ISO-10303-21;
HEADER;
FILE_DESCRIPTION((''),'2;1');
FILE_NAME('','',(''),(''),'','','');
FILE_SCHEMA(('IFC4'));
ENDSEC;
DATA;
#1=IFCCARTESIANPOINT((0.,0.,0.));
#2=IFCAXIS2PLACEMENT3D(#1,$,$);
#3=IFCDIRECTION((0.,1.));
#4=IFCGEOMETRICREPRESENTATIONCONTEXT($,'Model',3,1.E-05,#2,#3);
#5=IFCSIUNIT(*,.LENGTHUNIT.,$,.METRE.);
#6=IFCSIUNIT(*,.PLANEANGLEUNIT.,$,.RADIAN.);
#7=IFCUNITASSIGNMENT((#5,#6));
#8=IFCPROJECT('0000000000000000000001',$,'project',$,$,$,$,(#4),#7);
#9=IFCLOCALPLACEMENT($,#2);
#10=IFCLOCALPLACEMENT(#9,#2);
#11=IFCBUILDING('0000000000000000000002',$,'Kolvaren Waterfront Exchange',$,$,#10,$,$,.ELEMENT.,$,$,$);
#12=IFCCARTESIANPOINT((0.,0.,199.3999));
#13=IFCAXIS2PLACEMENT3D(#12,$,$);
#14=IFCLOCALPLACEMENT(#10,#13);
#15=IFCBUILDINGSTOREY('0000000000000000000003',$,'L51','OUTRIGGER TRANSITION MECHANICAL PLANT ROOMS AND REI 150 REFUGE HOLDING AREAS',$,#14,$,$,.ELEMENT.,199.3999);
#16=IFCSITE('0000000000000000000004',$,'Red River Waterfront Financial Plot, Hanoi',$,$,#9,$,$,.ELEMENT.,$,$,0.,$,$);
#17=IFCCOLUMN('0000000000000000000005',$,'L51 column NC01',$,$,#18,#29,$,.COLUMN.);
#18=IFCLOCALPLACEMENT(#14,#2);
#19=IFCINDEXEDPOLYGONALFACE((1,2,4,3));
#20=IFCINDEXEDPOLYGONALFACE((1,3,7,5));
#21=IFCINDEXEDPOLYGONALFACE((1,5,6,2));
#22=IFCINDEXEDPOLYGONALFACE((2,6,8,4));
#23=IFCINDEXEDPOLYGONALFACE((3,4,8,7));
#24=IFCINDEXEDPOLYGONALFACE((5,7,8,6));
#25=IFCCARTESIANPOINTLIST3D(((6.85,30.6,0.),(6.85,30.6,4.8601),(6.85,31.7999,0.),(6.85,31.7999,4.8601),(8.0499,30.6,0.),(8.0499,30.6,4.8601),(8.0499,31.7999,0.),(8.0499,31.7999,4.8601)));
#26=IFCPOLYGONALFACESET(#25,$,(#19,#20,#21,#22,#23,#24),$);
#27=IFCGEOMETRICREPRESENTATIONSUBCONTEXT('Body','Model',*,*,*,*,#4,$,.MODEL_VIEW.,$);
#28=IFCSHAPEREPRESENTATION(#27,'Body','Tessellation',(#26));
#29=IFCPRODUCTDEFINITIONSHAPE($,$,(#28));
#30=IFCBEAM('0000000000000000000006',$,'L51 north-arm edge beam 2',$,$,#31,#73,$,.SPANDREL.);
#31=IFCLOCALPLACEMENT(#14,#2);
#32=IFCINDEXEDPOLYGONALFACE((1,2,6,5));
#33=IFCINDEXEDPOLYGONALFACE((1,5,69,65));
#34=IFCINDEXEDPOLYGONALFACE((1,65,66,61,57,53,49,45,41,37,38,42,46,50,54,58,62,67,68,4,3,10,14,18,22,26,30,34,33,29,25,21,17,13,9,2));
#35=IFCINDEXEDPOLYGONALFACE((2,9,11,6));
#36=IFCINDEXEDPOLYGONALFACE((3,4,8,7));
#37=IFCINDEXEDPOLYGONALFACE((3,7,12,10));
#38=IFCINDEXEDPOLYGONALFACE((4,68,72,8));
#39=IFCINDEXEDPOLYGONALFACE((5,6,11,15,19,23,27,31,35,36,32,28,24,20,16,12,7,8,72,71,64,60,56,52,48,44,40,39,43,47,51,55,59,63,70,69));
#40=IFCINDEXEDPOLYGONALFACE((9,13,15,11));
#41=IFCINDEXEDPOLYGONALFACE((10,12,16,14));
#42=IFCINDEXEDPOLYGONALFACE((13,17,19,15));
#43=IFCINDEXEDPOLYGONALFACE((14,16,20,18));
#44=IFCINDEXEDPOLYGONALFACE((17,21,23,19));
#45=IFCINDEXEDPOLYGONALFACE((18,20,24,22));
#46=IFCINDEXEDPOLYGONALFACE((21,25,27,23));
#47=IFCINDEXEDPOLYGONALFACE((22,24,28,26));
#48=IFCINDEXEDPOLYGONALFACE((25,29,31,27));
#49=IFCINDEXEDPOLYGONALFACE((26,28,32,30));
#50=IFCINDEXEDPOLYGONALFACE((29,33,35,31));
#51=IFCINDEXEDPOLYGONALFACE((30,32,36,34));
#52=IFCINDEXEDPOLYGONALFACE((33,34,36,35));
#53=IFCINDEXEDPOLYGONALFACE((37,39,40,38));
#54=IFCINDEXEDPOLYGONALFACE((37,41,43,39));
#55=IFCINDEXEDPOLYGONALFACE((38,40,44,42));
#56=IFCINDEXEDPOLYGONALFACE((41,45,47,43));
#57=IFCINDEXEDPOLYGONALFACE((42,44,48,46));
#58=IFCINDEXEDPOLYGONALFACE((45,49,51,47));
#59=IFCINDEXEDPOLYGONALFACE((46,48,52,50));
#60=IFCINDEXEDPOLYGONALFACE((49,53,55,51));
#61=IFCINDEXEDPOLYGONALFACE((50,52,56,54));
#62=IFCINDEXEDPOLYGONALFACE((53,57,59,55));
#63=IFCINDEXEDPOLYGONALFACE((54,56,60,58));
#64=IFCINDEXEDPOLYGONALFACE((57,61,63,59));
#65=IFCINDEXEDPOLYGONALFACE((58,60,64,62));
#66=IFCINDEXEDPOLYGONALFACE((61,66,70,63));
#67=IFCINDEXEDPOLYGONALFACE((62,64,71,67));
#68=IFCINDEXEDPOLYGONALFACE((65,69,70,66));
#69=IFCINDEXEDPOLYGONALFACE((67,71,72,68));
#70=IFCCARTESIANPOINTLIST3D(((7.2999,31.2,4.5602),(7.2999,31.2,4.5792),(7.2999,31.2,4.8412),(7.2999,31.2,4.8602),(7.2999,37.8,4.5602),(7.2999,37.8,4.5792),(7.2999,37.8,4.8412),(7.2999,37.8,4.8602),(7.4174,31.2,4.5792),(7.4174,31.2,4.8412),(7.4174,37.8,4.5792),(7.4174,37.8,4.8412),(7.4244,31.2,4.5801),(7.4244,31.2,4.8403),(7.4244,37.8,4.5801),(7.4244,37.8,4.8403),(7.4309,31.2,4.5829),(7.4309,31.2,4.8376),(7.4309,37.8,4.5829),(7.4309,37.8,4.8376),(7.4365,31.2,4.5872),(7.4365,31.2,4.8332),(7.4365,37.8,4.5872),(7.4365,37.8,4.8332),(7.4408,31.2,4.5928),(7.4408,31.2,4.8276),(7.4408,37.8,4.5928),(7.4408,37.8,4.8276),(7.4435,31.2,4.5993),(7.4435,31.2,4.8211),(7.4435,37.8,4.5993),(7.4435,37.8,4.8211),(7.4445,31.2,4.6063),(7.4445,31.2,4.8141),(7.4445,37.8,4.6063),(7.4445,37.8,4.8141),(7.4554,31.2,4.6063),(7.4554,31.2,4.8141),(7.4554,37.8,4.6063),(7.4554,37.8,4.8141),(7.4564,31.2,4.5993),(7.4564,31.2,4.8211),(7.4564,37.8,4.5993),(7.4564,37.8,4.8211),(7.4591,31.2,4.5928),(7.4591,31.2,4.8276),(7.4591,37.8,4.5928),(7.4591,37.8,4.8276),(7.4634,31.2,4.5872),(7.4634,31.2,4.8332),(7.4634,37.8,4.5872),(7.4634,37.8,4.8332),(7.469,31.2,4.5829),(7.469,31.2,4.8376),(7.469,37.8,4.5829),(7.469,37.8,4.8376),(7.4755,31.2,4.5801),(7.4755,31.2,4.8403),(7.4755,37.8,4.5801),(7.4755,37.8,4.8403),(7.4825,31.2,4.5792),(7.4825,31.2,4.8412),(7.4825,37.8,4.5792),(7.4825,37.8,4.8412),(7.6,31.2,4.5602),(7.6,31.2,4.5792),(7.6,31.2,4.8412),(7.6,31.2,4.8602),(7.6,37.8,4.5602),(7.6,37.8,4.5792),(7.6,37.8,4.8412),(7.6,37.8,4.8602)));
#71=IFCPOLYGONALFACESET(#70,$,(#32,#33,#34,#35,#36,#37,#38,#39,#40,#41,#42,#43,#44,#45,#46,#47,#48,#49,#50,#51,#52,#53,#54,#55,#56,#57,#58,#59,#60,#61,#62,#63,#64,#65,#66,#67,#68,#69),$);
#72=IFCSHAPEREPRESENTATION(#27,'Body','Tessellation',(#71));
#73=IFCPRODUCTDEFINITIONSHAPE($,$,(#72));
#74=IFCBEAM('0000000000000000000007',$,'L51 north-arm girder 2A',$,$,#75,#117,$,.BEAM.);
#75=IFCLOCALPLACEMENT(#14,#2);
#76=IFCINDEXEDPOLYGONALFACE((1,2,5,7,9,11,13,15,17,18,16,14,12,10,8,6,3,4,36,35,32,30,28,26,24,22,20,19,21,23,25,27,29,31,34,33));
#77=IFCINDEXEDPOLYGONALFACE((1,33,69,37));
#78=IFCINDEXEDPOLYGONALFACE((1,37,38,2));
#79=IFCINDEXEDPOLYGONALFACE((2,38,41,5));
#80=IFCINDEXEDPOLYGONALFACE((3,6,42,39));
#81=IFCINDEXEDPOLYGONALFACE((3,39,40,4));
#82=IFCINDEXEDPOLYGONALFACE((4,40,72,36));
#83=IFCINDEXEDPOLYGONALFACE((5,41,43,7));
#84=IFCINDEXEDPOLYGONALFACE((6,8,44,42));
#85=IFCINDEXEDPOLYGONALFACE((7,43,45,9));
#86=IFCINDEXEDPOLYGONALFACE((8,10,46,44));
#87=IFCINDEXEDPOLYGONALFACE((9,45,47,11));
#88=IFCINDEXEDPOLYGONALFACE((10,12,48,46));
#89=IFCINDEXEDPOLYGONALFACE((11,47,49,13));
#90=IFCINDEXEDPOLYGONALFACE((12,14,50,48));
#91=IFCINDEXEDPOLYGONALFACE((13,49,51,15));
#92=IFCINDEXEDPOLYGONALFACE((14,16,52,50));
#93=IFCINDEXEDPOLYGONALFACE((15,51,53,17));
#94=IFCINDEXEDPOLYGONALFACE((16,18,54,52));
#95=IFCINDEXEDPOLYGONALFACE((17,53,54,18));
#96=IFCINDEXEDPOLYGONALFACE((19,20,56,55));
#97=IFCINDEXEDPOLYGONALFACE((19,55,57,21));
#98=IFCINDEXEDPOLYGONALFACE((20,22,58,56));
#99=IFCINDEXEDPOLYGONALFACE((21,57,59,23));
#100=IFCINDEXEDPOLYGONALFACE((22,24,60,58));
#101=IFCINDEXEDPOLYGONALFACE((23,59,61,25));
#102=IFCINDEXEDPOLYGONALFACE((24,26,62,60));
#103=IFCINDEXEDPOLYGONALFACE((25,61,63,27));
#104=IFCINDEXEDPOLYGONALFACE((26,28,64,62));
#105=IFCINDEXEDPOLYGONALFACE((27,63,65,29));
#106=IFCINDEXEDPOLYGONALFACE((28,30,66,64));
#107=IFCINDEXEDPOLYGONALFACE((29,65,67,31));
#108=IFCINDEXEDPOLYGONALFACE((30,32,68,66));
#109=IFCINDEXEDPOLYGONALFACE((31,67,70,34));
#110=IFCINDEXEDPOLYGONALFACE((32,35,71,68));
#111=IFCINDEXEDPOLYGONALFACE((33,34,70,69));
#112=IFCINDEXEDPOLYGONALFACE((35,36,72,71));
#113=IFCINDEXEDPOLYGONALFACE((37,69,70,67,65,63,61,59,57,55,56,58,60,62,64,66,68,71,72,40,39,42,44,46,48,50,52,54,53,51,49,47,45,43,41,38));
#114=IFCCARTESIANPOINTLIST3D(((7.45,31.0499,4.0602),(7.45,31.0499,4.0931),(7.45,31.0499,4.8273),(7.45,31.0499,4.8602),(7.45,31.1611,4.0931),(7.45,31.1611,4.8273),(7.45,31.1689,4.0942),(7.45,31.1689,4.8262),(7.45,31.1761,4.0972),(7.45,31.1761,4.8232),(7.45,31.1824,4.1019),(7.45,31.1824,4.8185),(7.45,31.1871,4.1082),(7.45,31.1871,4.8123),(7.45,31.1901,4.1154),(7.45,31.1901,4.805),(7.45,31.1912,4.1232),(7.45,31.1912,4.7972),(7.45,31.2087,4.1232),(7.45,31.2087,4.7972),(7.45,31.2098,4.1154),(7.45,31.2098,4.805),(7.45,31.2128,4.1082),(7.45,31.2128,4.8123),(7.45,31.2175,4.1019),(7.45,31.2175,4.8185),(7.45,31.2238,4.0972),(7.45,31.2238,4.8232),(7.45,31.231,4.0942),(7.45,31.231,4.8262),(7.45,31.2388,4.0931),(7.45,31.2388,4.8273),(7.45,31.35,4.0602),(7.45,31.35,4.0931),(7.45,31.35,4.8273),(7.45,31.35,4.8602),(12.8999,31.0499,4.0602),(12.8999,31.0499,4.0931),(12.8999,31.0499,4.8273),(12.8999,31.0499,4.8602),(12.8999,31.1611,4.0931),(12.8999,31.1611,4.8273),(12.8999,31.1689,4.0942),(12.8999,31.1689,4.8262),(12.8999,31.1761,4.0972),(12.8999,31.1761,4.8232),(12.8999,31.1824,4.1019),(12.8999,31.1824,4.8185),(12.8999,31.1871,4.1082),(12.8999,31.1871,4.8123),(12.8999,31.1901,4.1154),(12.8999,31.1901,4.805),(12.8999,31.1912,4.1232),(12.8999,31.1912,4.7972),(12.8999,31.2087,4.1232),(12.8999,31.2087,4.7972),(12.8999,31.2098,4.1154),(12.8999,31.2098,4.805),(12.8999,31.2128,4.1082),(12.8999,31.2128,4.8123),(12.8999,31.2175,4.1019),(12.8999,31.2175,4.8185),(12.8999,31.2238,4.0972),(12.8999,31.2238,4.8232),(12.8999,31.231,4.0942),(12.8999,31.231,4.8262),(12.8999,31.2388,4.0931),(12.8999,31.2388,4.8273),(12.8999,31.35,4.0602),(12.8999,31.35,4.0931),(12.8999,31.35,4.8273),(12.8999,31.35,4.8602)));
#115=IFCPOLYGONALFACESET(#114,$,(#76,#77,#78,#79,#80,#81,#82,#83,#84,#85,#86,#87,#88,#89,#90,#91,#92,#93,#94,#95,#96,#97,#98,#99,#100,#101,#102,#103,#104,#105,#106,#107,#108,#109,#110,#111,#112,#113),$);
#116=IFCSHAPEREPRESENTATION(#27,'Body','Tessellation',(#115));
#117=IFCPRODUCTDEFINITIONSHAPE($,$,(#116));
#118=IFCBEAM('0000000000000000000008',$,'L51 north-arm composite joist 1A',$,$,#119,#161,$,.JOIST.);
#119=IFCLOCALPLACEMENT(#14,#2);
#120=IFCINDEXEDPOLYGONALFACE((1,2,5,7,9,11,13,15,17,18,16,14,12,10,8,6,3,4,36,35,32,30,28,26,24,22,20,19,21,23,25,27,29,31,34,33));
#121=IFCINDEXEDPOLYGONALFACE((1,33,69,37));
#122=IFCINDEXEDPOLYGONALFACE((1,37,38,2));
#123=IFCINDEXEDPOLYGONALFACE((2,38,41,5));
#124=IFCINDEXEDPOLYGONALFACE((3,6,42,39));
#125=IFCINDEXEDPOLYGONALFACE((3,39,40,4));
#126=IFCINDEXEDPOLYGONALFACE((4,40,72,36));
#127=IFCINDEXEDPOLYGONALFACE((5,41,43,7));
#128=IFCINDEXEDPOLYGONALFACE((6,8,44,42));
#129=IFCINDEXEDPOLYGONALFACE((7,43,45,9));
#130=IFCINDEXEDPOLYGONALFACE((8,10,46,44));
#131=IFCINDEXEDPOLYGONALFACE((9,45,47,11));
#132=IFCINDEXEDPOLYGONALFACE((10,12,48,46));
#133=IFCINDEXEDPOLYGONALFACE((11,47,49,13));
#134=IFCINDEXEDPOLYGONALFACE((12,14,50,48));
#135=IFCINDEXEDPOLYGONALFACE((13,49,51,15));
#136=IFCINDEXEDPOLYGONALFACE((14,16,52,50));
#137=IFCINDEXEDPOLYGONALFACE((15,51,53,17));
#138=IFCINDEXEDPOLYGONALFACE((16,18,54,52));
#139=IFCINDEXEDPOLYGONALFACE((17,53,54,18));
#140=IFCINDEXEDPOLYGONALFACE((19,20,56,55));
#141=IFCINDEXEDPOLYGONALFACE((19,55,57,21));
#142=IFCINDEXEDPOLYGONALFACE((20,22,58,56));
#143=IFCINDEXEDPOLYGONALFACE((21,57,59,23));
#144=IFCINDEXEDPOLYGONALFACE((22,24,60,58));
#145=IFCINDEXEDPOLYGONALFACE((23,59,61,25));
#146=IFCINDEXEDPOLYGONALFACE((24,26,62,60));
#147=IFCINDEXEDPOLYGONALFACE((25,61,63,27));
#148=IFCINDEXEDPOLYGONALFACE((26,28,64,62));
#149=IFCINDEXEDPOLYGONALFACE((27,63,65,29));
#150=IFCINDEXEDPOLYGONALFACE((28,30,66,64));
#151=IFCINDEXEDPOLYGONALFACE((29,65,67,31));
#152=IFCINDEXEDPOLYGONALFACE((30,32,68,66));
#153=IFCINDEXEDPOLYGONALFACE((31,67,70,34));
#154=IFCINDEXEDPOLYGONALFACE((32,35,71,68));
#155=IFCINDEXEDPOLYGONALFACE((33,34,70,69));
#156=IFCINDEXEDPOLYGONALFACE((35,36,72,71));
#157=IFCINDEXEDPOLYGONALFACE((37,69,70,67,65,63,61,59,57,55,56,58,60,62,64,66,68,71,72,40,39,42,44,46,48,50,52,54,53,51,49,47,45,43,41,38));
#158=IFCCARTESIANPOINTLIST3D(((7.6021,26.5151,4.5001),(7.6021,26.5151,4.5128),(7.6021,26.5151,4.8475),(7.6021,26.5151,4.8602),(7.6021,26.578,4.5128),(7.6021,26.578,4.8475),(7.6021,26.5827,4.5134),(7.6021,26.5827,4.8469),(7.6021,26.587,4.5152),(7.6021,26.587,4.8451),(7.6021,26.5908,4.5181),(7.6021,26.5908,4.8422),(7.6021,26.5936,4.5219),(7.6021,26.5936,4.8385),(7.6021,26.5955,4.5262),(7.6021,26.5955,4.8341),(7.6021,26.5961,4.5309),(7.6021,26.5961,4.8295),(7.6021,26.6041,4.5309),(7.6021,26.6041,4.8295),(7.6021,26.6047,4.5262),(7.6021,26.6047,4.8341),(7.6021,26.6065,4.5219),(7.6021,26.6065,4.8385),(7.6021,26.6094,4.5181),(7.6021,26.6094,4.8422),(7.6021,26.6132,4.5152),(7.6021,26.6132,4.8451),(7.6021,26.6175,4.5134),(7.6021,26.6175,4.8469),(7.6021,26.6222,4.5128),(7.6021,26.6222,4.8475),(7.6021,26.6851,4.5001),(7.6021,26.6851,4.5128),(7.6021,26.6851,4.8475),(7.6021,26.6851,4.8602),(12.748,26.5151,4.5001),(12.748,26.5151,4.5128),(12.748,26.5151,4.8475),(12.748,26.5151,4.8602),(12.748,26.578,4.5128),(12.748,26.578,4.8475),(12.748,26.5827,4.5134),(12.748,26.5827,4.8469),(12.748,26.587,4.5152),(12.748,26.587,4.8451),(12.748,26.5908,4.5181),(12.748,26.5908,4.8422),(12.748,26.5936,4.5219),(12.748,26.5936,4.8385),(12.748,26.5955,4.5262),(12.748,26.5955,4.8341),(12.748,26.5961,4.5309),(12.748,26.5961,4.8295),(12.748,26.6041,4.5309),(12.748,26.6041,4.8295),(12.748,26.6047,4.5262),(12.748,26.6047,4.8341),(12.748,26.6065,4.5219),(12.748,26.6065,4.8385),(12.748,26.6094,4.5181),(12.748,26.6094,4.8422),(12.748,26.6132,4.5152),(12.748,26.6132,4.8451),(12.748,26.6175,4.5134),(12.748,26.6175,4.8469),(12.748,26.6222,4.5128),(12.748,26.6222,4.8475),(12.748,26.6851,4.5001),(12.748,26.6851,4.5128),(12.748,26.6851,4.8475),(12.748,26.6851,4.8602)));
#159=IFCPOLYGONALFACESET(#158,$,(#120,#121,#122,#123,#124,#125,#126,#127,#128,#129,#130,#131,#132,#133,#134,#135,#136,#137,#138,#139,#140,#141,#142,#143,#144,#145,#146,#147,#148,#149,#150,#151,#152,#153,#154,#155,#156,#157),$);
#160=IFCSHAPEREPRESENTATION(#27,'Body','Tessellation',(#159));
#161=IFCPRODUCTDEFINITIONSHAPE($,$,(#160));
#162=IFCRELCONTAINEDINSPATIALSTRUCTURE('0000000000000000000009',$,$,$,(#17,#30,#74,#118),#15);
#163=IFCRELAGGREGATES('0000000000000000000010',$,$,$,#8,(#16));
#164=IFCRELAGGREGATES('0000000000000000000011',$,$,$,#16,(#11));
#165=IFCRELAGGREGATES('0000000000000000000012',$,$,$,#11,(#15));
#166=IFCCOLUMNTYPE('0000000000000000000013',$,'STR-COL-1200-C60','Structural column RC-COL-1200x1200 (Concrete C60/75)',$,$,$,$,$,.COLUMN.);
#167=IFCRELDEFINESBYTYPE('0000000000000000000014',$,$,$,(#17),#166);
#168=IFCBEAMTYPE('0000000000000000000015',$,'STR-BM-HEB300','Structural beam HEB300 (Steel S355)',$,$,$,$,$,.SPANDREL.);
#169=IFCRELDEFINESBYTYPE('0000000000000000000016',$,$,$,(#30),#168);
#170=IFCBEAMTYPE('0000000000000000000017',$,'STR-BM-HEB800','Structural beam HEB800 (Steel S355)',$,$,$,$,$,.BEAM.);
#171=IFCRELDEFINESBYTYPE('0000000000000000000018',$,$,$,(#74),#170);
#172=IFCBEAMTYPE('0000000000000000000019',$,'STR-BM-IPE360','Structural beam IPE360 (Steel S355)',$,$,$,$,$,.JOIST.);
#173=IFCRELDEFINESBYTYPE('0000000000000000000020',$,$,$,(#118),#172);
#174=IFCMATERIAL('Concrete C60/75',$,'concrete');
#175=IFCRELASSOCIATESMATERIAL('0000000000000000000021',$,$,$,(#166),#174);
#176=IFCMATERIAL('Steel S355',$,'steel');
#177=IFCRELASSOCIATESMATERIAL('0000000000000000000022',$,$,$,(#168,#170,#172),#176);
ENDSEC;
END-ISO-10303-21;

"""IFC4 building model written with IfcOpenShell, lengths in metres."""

from ifc_helpers import new_model, si_unit, direction, frame, origin, origin_2d, place, context, subcontext, project, spatial, rectangle, i_section, extrude, material, material_profile, profile_set, type_object, element, save


model = new_model("IFC4")

# Units and contexts
model_context = context("Model", 3, precision=1e-05, world=origin(), true_north=direction((0.0, 1.0)))
body_context = subcontext(model_context, "Body", "Model", "MODEL_VIEW")
ifc_project = project(units=[si_unit("LENGTHUNIT", "METRE"), si_unit("PLANEANGLEUNIT", "RADIAN")], contexts=[model_context])

# Site, building, storey
site_placement = place(None, origin())
site = spatial("IfcSite", under=ifc_project, at=site_placement, Name="Red River Waterfront Financial Plot, Hanoi", CompositionType="ELEMENT", RefElevation=0.0)
building_placement = place(site_placement, origin())
building = spatial("IfcBuilding", under=site, at=building_placement, Name="Kolvaren Waterfront Exchange", CompositionType="ELEMENT")
storey_placement = place(building_placement, frame((0.0, 0.0, 199.3999)))
storey = spatial("IfcBuildingStorey", under=building, at=storey_placement, Name="L51", Description="OUTRIGGER TRANSITION MECHANICAL PLANT ROOMS AND REI 150 REFUGE HOLDING AREAS", CompositionType="ELEMENT", Elevation=199.3999)

# Column
ifc_material_1 = material(Name="Concrete C60/75", Category="concrete")
ifc_material_profile_1 = material_profile(ifc_material_1, rectangle(XDim=1.2, YDim=1.2, at=origin_2d()), Name="RC-COL-1200x1200")
ifc_profile_set_1 = profile_set([ifc_material_profile_1], Name="Concrete C60/75")
column_type = type_object("IfcColumnType", Name="STR-COL-1200-C60", Description="Structural column RC-COL-1200x1200 (Concrete C60/75)", PredefinedType="COLUMN", material=ifc_profile_set_1)
column_placement = place(storey_placement, frame((7.45, 31.2, 0.0), z_axis=(0.0, 0.0, 1.0), x_axis=(1.0, 0.0, 0.0)))
element("IfcColumn", 1, at=column_placement, inside=storey, type_object=column_type, Name="L51 column NC01", PredefinedType="COLUMN", context=body_context, shape_type="SweptSolid", body=[
    extrude(rectangle(XDim=1.2, YDim=1.2, at=origin_2d()), origin(), (0.0, 0.0, 1.0), 4.8601),
])

# Beams
ifc_material_2 = material(Name="Steel S355", Category="steel")
ifc_material_profile_2 = material_profile(ifc_material_2, i_section(OverallWidth=0.3, OverallDepth=0.3, WebThickness=0.011, FlangeThickness=0.019, FilletRadius=0.0271, at=origin_2d()), Name="HEB300")
ifc_profile_set_2 = profile_set([ifc_material_profile_2], Name="Steel S355")
beam_type_1 = type_object("IfcBeamType", Name="STR-BM-HEB300", Description="Structural beam HEB300 (Steel S355)", PredefinedType="SPANDREL", material=ifc_profile_set_2)
beam_1_placement = place(storey_placement, frame((7.45, 31.2, 4.7102), z_axis=(0.0, 1.0, 0.0), x_axis=(-1.0, 0.0, 0.0)))
element("IfcBeam", 2, at=beam_1_placement, inside=storey, type_object=beam_type_1, Name="L51 north-arm edge beam 2", PredefinedType="SPANDREL", context=body_context, shape_type="SweptSolid", body=[
    extrude(i_section(OverallWidth=0.3, OverallDepth=0.3, WebThickness=0.011, FlangeThickness=0.019, FilletRadius=0.0271, at=origin_2d()), origin(), (0.0, 0.0, 1.0), 6.6001),
])
ifc_material_profile_3 = material_profile(ifc_material_2, i_section(OverallWidth=0.3, OverallDepth=0.8, WebThickness=0.0176, FlangeThickness=0.033, FilletRadius=0.03, at=origin_2d()), Name="HEB800")
ifc_profile_set_3 = profile_set([ifc_material_profile_3], Name="Steel S355")
beam_type_2 = type_object("IfcBeamType", Name="STR-BM-HEB800", Description="Structural beam HEB800 (Steel S355)", PredefinedType="BEAM", material=ifc_profile_set_3)
beam_2_placement = place(storey_placement, frame((7.45, 31.2, 4.4602), z_axis=(1.0, 0.0, 0.0), x_axis=(0.0, 1.0, 0.0)))
element("IfcBeam", 3, at=beam_2_placement, inside=storey, type_object=beam_type_2, Name="L51 north-arm girder 2A", PredefinedType="BEAM", context=body_context, shape_type="SweptSolid", body=[
    extrude(i_section(OverallWidth=0.3, OverallDepth=0.8, WebThickness=0.0176, FlangeThickness=0.033, FilletRadius=0.03, at=origin_2d()), origin(), (0.0, 0.0, 1.0), 5.45),
])
ifc_material_profile_4 = material_profile(ifc_material_2, i_section(OverallWidth=0.1699, OverallDepth=0.3601, WebThickness=0.0081, FlangeThickness=0.0127, FilletRadius=0.0181, at=origin_2d()), Name="IPE360")
ifc_profile_set_4 = profile_set([ifc_material_profile_4], Name="Steel S355")
beam_type_3 = type_object("IfcBeamType", Name="STR-BM-IPE360", Description="Structural beam IPE360 (Steel S355)", PredefinedType="JOIST", material=ifc_profile_set_4)
for number, where, z_axis, x_axis, name in (
    (4, (7.6021, 26.6001, 4.6802), (1.0, 0.0, 0.0), (0.0, 1.0, 0.0), "L51 north-arm composite joist 1A"),
):
    element("IfcBeam", number, at=place(storey_placement, frame(where, z_axis=z_axis, x_axis=x_axis)), inside=storey, type_object=beam_type_3, Name=name, PredefinedType="JOIST", context=body_context, shape_type="SweptSolid", body=[
        extrude(i_section(OverallWidth=0.1699, OverallDepth=0.3601, WebThickness=0.0081, FlangeThickness=0.0127, FilletRadius=0.0181, at=origin_2d()), origin(), (0.0, 0.0, 1.0), 5.146),
    ])

save(model, "model.ifc")
